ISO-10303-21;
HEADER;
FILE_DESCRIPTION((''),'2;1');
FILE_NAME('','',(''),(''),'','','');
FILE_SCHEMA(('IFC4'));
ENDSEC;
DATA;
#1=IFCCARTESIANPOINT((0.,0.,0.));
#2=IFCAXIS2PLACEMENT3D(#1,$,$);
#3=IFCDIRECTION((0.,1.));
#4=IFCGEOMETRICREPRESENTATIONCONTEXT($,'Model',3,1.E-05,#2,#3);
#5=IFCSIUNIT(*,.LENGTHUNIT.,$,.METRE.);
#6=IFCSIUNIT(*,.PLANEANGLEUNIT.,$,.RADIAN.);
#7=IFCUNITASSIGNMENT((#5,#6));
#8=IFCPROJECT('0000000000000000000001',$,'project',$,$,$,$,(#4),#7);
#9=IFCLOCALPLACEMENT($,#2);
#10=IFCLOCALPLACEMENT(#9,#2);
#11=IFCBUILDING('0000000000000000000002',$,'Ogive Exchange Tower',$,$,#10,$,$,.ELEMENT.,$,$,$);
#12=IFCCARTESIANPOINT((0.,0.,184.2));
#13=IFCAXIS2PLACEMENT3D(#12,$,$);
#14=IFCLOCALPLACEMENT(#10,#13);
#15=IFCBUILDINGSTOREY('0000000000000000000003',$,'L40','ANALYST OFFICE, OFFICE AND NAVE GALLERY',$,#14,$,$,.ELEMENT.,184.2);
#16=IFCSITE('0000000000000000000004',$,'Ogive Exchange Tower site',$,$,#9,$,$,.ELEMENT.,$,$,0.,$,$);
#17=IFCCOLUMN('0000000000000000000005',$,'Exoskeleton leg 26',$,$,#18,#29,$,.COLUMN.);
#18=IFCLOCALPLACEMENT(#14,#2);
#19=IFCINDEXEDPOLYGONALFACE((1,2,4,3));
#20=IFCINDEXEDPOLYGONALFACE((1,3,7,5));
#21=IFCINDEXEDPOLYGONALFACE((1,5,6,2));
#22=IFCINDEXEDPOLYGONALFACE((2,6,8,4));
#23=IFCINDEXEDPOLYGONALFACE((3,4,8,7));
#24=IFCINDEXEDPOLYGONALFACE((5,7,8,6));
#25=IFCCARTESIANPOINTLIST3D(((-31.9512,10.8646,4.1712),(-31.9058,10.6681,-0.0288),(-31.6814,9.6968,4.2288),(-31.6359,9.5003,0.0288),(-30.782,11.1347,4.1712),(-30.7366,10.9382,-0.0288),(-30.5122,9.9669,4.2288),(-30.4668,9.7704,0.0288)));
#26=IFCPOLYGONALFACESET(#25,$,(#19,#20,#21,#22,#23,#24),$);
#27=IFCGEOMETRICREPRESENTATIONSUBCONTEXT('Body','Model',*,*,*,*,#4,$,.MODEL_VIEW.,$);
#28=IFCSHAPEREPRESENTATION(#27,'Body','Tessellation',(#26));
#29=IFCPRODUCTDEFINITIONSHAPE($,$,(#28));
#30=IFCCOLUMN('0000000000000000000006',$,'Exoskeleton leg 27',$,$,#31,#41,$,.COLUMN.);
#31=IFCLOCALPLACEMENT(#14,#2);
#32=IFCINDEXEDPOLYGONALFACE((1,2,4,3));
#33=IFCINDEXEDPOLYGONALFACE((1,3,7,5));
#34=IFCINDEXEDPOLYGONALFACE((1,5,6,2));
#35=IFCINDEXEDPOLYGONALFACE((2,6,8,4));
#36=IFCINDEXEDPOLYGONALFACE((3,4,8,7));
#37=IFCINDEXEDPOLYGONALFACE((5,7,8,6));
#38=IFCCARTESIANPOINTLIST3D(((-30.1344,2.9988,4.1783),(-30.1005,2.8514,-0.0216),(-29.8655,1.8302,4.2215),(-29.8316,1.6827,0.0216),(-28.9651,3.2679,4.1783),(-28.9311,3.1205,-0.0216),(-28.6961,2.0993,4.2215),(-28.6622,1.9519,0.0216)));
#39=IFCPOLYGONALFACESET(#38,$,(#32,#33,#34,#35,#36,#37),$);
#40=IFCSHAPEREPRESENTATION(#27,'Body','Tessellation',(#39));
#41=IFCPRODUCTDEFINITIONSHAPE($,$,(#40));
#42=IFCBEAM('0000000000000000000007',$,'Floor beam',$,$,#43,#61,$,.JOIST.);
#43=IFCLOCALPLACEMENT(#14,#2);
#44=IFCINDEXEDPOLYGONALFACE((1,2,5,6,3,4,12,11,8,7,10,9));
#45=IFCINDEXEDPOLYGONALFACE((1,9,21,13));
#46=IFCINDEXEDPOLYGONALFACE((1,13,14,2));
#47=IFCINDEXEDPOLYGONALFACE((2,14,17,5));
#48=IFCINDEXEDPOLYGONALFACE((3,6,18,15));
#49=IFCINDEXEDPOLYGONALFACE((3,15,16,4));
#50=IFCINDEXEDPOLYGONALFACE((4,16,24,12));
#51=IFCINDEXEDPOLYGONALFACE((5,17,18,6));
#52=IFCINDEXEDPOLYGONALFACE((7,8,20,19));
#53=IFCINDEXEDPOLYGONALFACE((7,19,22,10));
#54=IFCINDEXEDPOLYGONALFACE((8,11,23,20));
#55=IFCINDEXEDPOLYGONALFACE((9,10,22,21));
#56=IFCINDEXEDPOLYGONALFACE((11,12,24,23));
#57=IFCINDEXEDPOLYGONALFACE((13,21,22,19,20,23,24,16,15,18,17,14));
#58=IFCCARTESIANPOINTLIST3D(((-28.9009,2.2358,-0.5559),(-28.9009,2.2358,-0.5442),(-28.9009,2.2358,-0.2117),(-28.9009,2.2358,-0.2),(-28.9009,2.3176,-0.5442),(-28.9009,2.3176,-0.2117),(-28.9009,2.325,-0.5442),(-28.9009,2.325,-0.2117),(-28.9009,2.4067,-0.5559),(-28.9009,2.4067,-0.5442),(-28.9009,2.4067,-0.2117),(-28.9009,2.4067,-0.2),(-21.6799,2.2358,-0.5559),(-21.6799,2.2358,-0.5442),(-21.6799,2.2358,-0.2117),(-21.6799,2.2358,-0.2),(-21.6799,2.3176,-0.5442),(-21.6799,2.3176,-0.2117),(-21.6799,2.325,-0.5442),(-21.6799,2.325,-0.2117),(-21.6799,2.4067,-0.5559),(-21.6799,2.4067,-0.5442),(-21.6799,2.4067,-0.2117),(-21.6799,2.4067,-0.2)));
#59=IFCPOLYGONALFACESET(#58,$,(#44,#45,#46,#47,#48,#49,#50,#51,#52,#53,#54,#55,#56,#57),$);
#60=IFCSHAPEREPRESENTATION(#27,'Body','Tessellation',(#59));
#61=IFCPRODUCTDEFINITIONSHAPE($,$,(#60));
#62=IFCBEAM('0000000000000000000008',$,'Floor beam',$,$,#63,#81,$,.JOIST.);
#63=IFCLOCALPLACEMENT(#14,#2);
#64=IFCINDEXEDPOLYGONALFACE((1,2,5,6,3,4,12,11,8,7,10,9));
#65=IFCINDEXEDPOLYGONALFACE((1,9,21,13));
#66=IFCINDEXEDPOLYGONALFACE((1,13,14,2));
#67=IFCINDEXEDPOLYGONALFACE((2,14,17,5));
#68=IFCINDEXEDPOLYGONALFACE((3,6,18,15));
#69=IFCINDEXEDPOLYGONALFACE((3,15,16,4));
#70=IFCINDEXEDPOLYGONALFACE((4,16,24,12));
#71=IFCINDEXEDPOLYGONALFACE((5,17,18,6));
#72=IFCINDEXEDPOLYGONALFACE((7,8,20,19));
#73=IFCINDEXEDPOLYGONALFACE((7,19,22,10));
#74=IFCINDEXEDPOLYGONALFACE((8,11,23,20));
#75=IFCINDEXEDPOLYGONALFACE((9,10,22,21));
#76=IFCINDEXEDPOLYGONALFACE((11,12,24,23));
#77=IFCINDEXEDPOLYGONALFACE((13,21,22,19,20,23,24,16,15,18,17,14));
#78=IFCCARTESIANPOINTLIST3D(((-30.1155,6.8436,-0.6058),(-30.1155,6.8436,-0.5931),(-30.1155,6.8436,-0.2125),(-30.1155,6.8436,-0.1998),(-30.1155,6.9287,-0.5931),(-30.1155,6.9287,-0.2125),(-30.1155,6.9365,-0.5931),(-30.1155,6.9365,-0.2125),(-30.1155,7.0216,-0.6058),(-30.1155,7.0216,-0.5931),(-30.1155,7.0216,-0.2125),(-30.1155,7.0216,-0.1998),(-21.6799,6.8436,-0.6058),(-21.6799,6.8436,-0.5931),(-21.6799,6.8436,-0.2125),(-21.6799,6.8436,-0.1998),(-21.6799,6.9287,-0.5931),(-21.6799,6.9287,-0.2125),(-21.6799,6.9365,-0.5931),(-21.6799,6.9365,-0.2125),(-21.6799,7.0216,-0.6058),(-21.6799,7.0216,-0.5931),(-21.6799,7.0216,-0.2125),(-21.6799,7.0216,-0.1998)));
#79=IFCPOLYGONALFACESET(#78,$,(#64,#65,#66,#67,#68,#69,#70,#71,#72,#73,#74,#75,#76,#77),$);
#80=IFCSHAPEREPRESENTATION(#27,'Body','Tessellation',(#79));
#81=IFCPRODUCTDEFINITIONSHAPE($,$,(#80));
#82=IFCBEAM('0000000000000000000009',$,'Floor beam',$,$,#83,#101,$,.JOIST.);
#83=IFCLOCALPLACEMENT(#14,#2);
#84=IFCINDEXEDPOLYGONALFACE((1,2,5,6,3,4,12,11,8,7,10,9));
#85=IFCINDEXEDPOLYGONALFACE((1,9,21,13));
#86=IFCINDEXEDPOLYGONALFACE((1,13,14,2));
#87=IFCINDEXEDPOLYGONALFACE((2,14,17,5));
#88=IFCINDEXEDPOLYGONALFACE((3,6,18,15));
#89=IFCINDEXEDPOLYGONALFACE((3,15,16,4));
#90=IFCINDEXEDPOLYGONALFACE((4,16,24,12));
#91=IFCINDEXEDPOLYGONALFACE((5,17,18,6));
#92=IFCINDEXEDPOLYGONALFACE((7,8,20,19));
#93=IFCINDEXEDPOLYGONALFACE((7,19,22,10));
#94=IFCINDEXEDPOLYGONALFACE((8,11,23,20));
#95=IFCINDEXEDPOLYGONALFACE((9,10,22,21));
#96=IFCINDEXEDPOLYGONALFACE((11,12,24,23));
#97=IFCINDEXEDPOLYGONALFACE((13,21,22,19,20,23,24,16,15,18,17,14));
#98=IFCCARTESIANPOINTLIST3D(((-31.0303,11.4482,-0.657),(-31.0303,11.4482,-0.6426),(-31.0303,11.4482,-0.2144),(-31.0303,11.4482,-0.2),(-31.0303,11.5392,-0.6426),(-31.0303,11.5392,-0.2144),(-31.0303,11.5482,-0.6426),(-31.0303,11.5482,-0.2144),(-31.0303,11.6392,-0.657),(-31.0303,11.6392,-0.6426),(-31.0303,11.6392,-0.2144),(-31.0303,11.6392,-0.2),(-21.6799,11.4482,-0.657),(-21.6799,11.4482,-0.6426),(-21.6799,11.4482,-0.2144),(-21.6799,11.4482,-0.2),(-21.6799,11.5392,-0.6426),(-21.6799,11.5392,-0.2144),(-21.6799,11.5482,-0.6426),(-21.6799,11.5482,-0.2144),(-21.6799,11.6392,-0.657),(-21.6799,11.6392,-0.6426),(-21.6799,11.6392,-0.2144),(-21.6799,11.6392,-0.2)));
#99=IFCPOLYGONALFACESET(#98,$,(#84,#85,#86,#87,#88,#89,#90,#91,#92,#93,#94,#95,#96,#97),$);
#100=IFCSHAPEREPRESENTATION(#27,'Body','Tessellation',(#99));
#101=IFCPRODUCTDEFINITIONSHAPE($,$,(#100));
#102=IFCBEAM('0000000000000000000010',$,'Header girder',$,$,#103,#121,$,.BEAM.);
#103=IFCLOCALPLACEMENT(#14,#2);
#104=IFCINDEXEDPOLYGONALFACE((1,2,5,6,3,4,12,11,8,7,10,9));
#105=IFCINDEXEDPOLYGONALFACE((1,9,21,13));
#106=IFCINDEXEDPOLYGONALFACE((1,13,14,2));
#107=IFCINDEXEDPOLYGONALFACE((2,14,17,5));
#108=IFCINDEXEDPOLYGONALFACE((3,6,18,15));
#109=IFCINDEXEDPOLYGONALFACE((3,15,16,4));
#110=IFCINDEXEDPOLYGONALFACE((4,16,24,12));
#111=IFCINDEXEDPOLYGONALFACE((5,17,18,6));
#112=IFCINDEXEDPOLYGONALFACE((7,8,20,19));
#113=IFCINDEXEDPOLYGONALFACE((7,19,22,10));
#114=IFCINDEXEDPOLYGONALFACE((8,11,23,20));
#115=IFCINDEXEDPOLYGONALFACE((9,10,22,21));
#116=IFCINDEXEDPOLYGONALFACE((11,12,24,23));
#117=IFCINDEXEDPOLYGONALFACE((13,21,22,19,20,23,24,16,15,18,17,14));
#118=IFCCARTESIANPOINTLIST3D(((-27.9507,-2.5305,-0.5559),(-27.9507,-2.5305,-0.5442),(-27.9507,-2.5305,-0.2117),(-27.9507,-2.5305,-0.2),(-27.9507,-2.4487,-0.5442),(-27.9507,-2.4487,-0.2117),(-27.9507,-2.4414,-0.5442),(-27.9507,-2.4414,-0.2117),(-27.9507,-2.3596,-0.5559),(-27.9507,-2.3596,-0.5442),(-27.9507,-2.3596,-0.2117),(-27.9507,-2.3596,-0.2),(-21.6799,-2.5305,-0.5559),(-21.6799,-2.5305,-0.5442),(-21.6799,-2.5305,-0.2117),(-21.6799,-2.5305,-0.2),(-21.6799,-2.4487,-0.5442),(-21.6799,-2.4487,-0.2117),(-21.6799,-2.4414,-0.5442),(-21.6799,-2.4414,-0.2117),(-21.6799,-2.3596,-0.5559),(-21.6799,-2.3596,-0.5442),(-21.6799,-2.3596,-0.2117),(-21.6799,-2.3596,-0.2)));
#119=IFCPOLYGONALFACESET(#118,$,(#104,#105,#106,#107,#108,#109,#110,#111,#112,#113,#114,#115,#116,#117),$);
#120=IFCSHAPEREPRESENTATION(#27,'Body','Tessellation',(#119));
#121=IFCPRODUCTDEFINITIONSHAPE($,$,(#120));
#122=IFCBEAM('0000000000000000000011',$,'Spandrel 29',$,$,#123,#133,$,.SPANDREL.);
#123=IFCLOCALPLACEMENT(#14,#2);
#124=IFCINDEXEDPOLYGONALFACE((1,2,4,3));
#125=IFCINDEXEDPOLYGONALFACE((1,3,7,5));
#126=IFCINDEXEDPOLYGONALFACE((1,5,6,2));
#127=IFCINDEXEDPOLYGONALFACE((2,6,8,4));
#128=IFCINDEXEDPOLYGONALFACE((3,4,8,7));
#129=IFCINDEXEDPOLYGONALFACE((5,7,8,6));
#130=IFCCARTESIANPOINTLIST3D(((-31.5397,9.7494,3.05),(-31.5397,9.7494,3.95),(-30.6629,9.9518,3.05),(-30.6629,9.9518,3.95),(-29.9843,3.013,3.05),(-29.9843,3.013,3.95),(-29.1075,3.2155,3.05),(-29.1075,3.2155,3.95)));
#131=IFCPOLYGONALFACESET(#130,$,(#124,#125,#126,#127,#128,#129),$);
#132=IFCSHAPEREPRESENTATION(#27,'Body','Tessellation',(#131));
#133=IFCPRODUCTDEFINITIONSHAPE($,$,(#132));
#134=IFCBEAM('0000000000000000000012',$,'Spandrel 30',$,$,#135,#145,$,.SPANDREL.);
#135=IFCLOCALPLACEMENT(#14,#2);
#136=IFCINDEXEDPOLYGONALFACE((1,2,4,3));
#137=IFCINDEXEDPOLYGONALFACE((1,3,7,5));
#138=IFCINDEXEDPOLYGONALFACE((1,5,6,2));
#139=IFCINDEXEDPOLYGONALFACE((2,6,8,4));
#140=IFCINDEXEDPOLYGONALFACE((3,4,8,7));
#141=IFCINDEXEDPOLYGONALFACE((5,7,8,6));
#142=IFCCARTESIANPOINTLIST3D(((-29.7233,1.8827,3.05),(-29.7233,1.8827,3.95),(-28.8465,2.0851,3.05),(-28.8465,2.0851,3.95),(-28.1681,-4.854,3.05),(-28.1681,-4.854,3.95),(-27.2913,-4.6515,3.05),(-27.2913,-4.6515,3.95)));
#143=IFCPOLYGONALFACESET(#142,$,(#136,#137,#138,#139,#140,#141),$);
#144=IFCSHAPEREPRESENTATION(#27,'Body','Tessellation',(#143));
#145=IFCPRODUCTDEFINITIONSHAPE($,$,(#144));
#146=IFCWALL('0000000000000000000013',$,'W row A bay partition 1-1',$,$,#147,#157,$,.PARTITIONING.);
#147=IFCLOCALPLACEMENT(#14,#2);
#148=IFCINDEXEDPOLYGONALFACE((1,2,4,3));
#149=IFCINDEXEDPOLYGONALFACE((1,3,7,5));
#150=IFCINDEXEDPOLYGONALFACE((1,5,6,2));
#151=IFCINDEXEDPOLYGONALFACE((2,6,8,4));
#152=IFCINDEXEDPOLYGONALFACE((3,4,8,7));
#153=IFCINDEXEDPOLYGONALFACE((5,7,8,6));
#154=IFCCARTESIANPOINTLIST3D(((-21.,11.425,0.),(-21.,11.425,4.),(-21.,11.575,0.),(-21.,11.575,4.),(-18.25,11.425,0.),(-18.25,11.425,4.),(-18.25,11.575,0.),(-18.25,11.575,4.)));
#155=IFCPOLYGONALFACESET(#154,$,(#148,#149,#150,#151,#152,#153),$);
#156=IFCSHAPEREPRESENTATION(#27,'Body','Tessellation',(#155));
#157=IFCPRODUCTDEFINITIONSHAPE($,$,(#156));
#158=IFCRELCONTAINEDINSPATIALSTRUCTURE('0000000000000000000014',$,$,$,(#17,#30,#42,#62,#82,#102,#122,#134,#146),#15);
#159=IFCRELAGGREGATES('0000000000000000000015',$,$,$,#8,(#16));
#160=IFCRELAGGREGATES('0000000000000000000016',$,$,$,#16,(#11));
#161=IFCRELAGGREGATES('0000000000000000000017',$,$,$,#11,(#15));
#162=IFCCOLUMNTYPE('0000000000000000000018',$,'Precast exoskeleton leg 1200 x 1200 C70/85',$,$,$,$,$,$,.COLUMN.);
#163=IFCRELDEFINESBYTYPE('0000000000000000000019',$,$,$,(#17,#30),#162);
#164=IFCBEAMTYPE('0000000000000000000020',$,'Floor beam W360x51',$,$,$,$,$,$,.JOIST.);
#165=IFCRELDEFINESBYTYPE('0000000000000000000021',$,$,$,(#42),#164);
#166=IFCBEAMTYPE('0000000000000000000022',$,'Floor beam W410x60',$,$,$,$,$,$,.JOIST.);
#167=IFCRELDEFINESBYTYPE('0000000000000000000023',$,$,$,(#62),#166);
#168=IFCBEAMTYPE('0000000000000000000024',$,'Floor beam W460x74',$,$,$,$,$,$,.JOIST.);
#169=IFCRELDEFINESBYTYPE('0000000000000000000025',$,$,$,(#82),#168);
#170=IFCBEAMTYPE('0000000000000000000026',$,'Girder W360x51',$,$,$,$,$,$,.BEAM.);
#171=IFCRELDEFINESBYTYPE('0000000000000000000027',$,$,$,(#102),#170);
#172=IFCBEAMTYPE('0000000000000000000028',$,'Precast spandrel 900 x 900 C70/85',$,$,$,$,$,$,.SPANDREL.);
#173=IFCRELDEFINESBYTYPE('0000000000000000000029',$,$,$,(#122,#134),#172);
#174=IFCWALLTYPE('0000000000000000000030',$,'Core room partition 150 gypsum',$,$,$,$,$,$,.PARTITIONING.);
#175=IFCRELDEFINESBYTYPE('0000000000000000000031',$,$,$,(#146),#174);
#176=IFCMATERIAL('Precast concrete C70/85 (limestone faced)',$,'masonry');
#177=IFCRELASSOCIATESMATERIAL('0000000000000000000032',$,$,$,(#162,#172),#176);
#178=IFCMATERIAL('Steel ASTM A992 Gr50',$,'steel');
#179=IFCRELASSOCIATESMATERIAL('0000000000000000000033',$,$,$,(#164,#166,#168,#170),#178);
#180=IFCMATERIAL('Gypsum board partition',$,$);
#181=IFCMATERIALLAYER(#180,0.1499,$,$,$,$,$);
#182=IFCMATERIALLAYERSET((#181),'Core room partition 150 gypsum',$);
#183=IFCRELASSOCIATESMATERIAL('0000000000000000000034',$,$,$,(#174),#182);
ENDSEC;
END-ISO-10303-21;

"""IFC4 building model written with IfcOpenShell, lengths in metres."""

from ifc_helpers import new_model, si_unit, direction, frame, frame_2d, origin, origin_2d, place, context, subcontext, project, spatial, rectangle, i_section, extrude, material, layer, layer_set, material_profile, profile_set, type_object, element, save


model = new_model("IFC4")

# Units and contexts
model_context = context("Model", 3, precision=1e-05, world=origin(), true_north=direction((0.0, 1.0)))
body_context = subcontext(model_context, "Body", "Model", "MODEL_VIEW")
ifc_project = project(units=[si_unit("LENGTHUNIT", "METRE"), si_unit("PLANEANGLEUNIT", "RADIAN")], contexts=[model_context])

# Site, building, storey
site_placement = place(None, origin())
site = spatial("IfcSite", under=ifc_project, at=site_placement, Name="Ogive Exchange Tower site", CompositionType="ELEMENT", RefElevation=0.0)
building_placement = place(site_placement, origin())
building = spatial("IfcBuilding", under=site, at=building_placement, Name="Ogive Exchange Tower", CompositionType="ELEMENT")
storey_placement = place(building_placement, frame((0.0, 0.0, 184.2)))
storey = spatial("IfcBuildingStorey", under=building, at=storey_placement, Name="L40", Description="ANALYST OFFICE, OFFICE AND NAVE GALLERY", CompositionType="ELEMENT", Elevation=184.2)

# Columns
ifc_material_1 = material(Name="Precast concrete C70/85 (limestone faced)", Category="masonry")
ifc_material_profile_1 = material_profile(ifc_material_1, rectangle(XDim=1.2, YDim=1.2, at=origin_2d()), Name="1200 x 1200")
ifc_profile_set_1 = profile_set([ifc_material_profile_1], Name="Precast concrete C70/85 (limestone faced)")
column_type = type_object("IfcColumnType", Name="Precast exoskeleton leg 1200 x 1200 C70/85", PredefinedType="COLUMN", material=ifc_profile_set_1)
column_1_placement = place(storey_placement, frame((-31.1863, 10.2192, 0.0), z_axis=(-0.0108, 0.04674, 0.998849), x_axis=(-0.97433, -0.225125, 0.0)))
element("IfcColumn", 1, at=column_1_placement, inside=storey, type_object=column_type, Name="Exoskeleton leg 26", PredefinedType="COLUMN", context=body_context, shape_type="SweptSolid", body=[
    extrude(rectangle(XDim=1.2, YDim=1.2, at=origin_2d()), origin(), (0.0, 0.0, 1.0), 4.2048),
])
column_2_placement = place(storey_placement, frame((-29.3813, 2.4016, 0.0), z_axis=(-0.008075, 0.035087, 0.999352), x_axis=(-0.974527, -0.22427, 0.0)))
element("IfcColumn", 2, at=column_2_placement, inside=storey, type_object=column_type, Name="Exoskeleton leg 27", PredefinedType="COLUMN", context=body_context, shape_type="SweptSolid", body=[
    extrude(rectangle(XDim=1.2, YDim=1.2, at=origin_2d()), origin(), (0.0, 0.0, 1.0), 4.2026),
])

# Beams
ifc_material_2 = material(Name="Steel ASTM A992 Gr50", Category="steel")
ifc_material_profile_2 = material_profile(ifc_material_2, i_section(OverallWidth=0.1709, OverallDepth=0.356, WebThickness=0.0073, FlangeThickness=0.0117, at=origin_2d()), Name="W360x51")
ifc_profile_set_2 = profile_set([ifc_material_profile_2], Name="Steel ASTM A992 Gr50")
beam_type_1 = type_object("IfcBeamType", Name="Floor beam W360x51", PredefinedType="JOIST", material=ifc_profile_set_2)
beam_1_placement = place(storey_placement, frame((-28.9009, 2.3213, -0.3779), z_axis=(1.0, 0.0, 0.0), x_axis=(0.0, 1.0, 0.0)))
element("IfcBeam", 3, at=beam_1_placement, inside=storey, type_object=beam_type_1, Name="Floor beam", PredefinedType="JOIST", context=body_context, shape_type="SweptSolid", body=[
    extrude(i_section(OverallWidth=0.1709, OverallDepth=0.356, WebThickness=0.0073, FlangeThickness=0.0117, at=origin_2d()), origin(), (0.0, 0.0, 1.0), 7.2209),
])
ifc_material_profile_3 = material_profile(ifc_material_2, i_section(OverallWidth=0.178, OverallDepth=0.406, WebThickness=0.0078, FlangeThickness=0.0127, at=origin_2d()), Name="W410x60")
ifc_profile_set_3 = profile_set([ifc_material_profile_3], Name="Steel ASTM A992 Gr50")
beam_type_2 = type_object("IfcBeamType", Name="Floor beam W410x60", PredefinedType="JOIST", material=ifc_profile_set_3)
beam_2_placement = place(storey_placement, frame((-30.1155, 6.9326, -0.4028), z_axis=(1.0, 0.0, 0.0), x_axis=(0.0, 1.0, 0.0)))
element("IfcBeam", 4, at=beam_2_placement, inside=storey, type_object=beam_type_2, Name="Floor beam", PredefinedType="JOIST", context=body_context, shape_type="SweptSolid", body=[
    extrude(i_section(OverallWidth=0.178, OverallDepth=0.406, WebThickness=0.0078, FlangeThickness=0.0127, at=origin_2d()), origin(), (0.0, 0.0, 1.0), 8.4355),
])
ifc_material_profile_4 = material_profile(ifc_material_2, i_section(OverallWidth=0.1909, OverallDepth=0.457, WebThickness=0.009, FlangeThickness=0.0144, at=origin_2d()), Name="W460x74")
ifc_profile_set_4 = profile_set([ifc_material_profile_4], Name="Steel ASTM A992 Gr50")
beam_type_3 = type_object("IfcBeamType", Name="Floor beam W460x74", PredefinedType="JOIST", material=ifc_profile_set_4)
beam_3_placement = place(storey_placement, frame((-31.0303, 11.5437, -0.4285), z_axis=(1.0, 0.0, 0.0), x_axis=(0.0, 1.0, 0.0)))
element("IfcBeam", 5, at=beam_3_placement, inside=storey, type_object=beam_type_3, Name="Floor beam", PredefinedType="JOIST", context=body_context, shape_type="SweptSolid", body=[
    extrude(i_section(OverallWidth=0.1909, OverallDepth=0.457, WebThickness=0.009, FlangeThickness=0.0144, at=origin_2d()), origin(), (0.0, 0.0, 1.0), 9.3503),
])
ifc_material_profile_5 = material_profile(ifc_material_2, i_section(OverallWidth=0.1709, OverallDepth=0.356, WebThickness=0.0073, FlangeThickness=0.0117, at=origin_2d()), Name="W360x51")
ifc_profile_set_5 = profile_set([ifc_material_profile_5], Name="Steel ASTM A992 Gr50")
beam_type_4 = type_object("IfcBeamType", Name="Girder W360x51", PredefinedType="BEAM", material=ifc_profile_set_5)
beam_4_placement = place(storey_placement, frame((-27.9507, -2.4451, -0.3779), z_axis=(1.0, 0.0, 0.0), x_axis=(0.0, 1.0, 0.0)))
element("IfcBeam", 6, at=beam_4_placement, inside=storey, type_object=beam_type_4, Name="Header girder", PredefinedType="BEAM", context=body_context, shape_type="SweptSolid", body=[
    extrude(i_section(OverallWidth=0.1709, OverallDepth=0.356, WebThickness=0.0073, FlangeThickness=0.0117, at=origin_2d()), origin(), (0.0, 0.0, 1.0), 6.2708),
])
ifc_material_profile_6 = material_profile(ifc_material_1, rectangle(XDim=0.8999, YDim=0.8999, at=origin_2d()), Name="900 x 900")
ifc_profile_set_6 = profile_set([ifc_material_profile_6], Name="Precast concrete C70/85 (limestone faced)")
beam_type_5 = type_object("IfcBeamType", Name="Precast spandrel 900 x 900 C70/85", PredefinedType="SPANDREL", material=ifc_profile_set_6)
beam_5_placement = place(storey_placement, frame((-31.1013, 9.8506, 3.5), z_axis=(0.224981, -0.974363, 0.0), x_axis=(0.974363, 0.224981, 0.0)))
element("IfcBeam", 7, at=beam_5_placement, inside=storey, type_object=beam_type_5, Name="Spandrel 29", PredefinedType="SPANDREL", context=body_context, shape_type="SweptSolid", body=[
    extrude(rectangle(XDim=0.8999, YDim=0.8999, at=origin_2d()), origin(), (0.0, 0.0, 1.0), 6.9136),
])
beam_6_placement = place(storey_placement, frame((-29.2849, 1.9839, 3.5), z_axis=(0.224939, -0.974373, 0.0), x_axis=(0.974373, 0.224939, 0.0)))
element("IfcBeam", 8, at=beam_6_placement, inside=storey, type_object=beam_type_5, Name="Spandrel 30", PredefinedType="SPANDREL", context=body_context, shape_type="SweptSolid", body=[
    extrude(rectangle(XDim=0.8999, YDim=0.8999, at=origin_2d()), origin(), (0.0, 0.0, 1.0), 6.9138),
])

# Wall
ifc_material_3 = material(Name="Gypsum board partition")
ifc_layer_1 = layer(ifc_material_3, 0.1499)
ifc_layer_set_1 = layer_set([ifc_layer_1], Name="Core room partition 150 gypsum")
wall_type_1 = type_object("IfcWallType", Name="Core room partition 150 gypsum", PredefinedType="PARTITIONING", material=ifc_layer_set_1)
wall_1_placement = place(storey_placement, frame((-21.0, 11.5, 0.0), z_axis=(0.0, 0.0, 1.0), x_axis=(1.0, 0.0, 0.0)))
element("IfcWall", 9, at=wall_1_placement, inside=storey, type_object=wall_type_1, Name="W row A bay partition 1-1", PredefinedType="PARTITIONING", context=body_context, shape_type="SweptSolid", body=[
    extrude(rectangle(XDim=2.75, YDim=0.1499, at=frame_2d((1.375, 0.0))), origin(), (0.0, 0.0, 1.0), 4.0),
])

save(model, "model.ifc")
